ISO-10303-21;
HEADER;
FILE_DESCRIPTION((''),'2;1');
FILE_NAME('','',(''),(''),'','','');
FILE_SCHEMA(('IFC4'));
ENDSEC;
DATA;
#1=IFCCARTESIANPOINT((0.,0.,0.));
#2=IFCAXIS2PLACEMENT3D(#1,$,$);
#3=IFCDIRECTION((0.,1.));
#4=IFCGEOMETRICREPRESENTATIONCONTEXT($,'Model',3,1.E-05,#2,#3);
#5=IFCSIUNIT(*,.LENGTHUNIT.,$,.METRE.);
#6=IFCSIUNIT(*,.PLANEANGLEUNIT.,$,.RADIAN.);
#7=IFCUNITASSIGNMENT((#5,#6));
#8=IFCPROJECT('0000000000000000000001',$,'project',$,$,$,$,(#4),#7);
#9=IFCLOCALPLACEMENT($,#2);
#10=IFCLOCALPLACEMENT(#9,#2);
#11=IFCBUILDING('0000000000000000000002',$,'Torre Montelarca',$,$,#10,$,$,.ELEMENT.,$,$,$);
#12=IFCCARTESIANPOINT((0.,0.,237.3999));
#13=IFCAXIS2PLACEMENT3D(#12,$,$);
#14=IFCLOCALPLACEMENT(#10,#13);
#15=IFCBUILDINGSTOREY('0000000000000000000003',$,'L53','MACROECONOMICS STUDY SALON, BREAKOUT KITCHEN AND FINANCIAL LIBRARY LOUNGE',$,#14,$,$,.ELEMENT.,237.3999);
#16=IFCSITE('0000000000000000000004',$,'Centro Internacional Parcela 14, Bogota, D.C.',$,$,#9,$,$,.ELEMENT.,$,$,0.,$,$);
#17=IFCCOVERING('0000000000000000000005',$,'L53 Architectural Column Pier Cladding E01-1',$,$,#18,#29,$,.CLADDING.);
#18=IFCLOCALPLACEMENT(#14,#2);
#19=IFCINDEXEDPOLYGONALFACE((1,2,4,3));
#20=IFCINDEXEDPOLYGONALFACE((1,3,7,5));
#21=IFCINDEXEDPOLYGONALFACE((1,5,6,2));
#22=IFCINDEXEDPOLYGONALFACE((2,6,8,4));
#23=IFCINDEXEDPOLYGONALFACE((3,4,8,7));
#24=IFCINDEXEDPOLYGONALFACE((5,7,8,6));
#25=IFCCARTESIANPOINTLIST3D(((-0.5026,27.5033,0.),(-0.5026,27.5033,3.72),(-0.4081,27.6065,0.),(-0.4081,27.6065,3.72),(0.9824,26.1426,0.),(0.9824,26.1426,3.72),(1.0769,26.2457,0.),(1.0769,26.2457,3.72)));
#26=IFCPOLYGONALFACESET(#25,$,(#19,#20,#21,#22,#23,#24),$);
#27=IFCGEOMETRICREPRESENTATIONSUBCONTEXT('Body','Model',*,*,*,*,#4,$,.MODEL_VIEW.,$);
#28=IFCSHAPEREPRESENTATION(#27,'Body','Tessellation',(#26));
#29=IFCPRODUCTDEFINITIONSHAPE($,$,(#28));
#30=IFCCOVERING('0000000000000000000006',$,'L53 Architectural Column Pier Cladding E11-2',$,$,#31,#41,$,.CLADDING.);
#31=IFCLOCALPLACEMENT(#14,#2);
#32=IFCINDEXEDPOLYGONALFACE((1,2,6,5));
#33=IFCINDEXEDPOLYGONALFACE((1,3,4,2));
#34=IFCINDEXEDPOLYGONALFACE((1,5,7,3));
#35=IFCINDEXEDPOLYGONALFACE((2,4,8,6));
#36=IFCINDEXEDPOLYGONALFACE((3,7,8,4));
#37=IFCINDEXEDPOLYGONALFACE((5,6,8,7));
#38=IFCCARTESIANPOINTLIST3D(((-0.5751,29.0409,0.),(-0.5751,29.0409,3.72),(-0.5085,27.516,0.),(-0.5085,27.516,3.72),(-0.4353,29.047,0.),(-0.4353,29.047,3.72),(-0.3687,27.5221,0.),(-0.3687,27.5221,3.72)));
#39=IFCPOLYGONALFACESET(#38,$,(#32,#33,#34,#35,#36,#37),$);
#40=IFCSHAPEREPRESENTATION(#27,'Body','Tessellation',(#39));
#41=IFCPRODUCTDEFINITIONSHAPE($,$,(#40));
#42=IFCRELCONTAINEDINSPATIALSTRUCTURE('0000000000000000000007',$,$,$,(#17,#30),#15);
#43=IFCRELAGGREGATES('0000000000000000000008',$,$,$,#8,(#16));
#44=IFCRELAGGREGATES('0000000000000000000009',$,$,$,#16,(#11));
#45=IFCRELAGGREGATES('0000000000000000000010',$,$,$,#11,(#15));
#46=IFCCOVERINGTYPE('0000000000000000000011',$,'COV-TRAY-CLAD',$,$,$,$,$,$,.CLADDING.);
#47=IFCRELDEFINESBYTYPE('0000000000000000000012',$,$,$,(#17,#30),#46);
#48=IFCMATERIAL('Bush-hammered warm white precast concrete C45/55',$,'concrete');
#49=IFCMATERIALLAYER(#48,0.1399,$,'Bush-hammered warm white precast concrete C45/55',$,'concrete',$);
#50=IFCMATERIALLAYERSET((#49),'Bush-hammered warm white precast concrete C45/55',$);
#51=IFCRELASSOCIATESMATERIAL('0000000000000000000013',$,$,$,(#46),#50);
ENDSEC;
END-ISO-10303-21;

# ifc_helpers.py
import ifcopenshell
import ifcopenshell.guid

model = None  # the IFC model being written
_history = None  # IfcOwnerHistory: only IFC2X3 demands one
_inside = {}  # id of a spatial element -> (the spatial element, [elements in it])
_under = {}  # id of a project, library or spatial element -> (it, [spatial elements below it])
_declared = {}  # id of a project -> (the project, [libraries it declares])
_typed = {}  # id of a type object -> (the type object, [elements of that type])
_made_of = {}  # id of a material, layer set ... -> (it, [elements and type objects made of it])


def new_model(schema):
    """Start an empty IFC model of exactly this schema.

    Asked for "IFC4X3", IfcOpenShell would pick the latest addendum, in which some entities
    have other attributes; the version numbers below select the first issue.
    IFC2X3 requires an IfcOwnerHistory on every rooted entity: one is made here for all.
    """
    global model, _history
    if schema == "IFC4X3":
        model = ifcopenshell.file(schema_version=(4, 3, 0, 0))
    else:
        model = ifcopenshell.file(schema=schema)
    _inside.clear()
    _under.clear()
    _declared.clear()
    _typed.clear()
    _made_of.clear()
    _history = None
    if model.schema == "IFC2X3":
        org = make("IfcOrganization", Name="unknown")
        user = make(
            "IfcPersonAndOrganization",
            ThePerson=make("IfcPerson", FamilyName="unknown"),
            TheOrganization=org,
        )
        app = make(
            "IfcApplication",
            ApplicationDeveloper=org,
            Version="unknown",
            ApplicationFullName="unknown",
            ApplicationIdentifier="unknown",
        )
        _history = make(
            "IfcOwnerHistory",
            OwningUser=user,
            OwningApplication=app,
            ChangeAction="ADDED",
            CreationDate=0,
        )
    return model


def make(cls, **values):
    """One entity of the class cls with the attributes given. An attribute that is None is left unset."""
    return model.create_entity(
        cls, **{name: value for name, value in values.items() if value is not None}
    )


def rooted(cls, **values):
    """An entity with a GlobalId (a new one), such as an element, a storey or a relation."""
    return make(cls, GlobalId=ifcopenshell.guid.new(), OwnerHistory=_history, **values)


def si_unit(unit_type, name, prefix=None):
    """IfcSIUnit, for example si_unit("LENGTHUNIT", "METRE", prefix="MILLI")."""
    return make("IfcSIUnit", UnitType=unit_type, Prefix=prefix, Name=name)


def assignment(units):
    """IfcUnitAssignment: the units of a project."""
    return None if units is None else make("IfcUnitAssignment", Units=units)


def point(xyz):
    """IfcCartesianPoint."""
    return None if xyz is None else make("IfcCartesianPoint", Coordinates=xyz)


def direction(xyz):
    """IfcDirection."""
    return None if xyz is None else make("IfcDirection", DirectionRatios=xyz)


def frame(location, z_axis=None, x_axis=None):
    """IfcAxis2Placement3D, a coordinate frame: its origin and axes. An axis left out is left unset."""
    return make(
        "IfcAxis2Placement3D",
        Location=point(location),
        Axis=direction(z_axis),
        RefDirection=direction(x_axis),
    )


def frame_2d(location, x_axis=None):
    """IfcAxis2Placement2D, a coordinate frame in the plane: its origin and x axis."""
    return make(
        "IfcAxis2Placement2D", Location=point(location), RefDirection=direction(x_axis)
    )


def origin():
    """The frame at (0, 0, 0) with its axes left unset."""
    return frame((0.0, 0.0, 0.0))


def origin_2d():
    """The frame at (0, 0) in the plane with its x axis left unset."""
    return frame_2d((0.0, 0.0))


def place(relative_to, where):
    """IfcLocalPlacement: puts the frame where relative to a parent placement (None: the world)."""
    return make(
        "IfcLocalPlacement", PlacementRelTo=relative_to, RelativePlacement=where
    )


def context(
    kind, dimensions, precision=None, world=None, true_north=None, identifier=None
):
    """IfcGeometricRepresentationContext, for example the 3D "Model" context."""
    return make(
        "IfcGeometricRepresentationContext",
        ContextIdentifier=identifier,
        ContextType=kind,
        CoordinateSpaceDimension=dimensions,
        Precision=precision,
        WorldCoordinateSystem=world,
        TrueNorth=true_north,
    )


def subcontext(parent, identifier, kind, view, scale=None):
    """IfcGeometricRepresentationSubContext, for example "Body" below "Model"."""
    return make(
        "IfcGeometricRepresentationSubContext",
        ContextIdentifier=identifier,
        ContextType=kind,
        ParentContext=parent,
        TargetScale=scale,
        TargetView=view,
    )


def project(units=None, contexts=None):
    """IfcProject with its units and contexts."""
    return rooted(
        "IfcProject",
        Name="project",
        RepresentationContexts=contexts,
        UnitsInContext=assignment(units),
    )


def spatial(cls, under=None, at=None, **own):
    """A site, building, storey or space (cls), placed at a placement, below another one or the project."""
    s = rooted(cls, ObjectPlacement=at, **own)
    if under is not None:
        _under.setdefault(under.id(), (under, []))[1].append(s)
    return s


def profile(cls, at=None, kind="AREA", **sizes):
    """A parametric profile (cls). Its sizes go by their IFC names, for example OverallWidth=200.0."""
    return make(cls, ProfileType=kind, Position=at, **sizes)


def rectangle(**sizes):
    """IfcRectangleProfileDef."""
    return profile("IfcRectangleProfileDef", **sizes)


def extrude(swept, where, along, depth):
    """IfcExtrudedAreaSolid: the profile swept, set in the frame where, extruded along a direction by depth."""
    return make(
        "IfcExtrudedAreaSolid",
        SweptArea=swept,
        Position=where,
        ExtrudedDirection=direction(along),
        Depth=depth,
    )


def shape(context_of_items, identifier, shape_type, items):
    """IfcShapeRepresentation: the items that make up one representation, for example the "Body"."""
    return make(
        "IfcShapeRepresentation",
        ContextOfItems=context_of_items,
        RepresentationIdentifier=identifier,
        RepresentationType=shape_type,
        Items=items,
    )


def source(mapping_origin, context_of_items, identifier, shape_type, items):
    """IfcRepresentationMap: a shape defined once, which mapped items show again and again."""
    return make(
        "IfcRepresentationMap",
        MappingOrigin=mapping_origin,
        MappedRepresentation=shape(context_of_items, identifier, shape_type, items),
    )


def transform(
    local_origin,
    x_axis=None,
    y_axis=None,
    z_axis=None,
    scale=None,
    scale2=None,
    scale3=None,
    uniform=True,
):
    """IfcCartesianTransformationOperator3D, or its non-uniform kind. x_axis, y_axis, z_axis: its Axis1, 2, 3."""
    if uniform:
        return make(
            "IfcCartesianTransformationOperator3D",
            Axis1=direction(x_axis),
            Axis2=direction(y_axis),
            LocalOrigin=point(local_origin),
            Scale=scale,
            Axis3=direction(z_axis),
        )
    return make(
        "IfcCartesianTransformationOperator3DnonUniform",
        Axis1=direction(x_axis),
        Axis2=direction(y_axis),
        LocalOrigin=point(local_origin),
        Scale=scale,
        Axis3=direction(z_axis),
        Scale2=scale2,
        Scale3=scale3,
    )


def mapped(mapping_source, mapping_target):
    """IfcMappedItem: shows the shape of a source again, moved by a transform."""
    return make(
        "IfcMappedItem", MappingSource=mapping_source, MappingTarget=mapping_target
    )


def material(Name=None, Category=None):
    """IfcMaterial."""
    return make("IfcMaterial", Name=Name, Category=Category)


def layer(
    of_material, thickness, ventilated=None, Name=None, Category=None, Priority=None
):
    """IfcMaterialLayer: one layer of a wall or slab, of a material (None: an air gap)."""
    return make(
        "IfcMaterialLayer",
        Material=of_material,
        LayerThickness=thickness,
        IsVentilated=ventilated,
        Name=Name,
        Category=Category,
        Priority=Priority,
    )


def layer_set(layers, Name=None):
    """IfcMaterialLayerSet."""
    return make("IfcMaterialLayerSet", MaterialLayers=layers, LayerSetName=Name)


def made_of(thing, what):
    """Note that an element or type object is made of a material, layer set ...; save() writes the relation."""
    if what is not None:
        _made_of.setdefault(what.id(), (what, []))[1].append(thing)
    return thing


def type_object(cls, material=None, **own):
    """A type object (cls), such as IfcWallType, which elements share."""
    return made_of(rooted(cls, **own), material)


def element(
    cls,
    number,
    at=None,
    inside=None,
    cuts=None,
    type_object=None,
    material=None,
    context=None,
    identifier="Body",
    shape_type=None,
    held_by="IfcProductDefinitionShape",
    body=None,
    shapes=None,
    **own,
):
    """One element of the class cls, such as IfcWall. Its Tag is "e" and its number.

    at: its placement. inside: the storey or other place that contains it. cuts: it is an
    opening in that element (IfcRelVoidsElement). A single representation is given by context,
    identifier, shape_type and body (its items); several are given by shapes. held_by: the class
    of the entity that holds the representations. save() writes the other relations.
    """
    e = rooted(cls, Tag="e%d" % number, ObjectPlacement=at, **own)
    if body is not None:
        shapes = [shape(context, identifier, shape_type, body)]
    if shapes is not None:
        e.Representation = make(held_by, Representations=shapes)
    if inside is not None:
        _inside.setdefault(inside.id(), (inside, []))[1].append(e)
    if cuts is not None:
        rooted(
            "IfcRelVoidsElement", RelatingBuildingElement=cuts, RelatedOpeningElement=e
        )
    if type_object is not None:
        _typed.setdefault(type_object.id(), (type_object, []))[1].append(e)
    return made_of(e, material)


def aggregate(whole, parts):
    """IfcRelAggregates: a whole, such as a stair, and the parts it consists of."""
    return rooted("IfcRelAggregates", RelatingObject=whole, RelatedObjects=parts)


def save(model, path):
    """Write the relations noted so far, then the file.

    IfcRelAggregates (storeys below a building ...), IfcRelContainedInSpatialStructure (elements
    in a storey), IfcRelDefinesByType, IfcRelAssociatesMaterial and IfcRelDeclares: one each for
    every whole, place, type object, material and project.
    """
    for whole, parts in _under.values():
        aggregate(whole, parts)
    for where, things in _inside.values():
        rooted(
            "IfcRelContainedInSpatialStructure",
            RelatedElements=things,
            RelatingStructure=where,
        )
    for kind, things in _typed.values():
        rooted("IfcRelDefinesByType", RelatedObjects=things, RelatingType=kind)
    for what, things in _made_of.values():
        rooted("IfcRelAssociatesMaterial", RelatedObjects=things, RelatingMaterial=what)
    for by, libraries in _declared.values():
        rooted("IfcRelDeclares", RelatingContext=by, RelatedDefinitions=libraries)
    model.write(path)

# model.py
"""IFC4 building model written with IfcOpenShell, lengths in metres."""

from ifc_helpers import new_model, si_unit, direction, frame, origin, origin_2d, place, context, subcontext, project, spatial, rectangle, extrude, source, transform, mapped, material, layer, layer_set, type_object, element, save


model = new_model("IFC4")

# Units and contexts
model_context = context("Model", 3, precision=1e-05, world=origin(), true_north=direction((0.0, 1.0)))
body_context = subcontext(model_context, "Body", "Model", "MODEL_VIEW")
ifc_project = project(units=[si_unit("LENGTHUNIT", "METRE"), si_unit("PLANEANGLEUNIT", "RADIAN")], contexts=[model_context])

# Site, building, storey
site_placement = place(None, origin())
site = spatial("IfcSite", under=ifc_project, at=site_placement, Name="Centro Internacional Parcela 14, Bogota, D.C.", CompositionType="ELEMENT", RefElevation=0.0)
building_placement = place(site_placement, origin())
building = spatial("IfcBuilding", under=site, at=building_placement, Name="Torre Montelarca", CompositionType="ELEMENT")
storey_placement = place(building_placement, frame((0.0, 0.0, 237.3999)))
storey = spatial("IfcBuildingStorey", under=building, at=storey_placement, Name="L53", Description="MACROECONOMICS STUDY SALON, BREAKOUT KITCHEN AND FINANCIAL LIBRARY LOUNGE", CompositionType="ELEMENT", Elevation=237.3999)

# Coverings
ifc_material_1 = material(Name="Bush-hammered warm white precast concrete C45/55", Category="concrete")
ifc_layer_1 = layer(ifc_material_1, 0.1399, Name="Bush-hammered warm white precast concrete C45/55", Category="concrete")
ifc_layer_set_1 = layer_set([ifc_layer_1], Name="Bush-hammered warm white precast concrete C45/55")
covering_type = type_object("IfcCoveringType", Name="COV-TRAY-CLAD", PredefinedType="CLADDING", material=ifc_layer_set_1)
shared_shape_1 = source(origin(), body_context, "Body", "SweptSolid", [
    extrude(rectangle(XDim=2.0142, YDim=0.1399, at=origin_2d()), origin(), (0.0, 0.0, 1.0), 3.72),
])
covering_1_placement = place(storey_placement, frame((0.2871, 26.8745, 0.0), z_axis=(0.0, 0.0, 1.0), x_axis=(0.737277, -0.67559, 0.0)))
element("IfcCovering", 1, at=covering_1_placement, inside=storey, type_object=covering_type, Name="L53 Architectural Column Pier Cladding E01-1", PredefinedType="CLADDING", context=body_context, shape_type="MappedRepresentation", body=[
    mapped(shared_shape_1, transform((0.0, 0.0, 0.0), scale=1.0)),
])
shared_shape_2 = source(origin(), body_context, "Body", "SweptSolid", [
    extrude(rectangle(XDim=1.5264, YDim=0.1399, at=origin_2d()), origin(), (0.0, 0.0, 1.0), 3.72),
])
covering_2_placement = place(storey_placement, frame((-0.4719, 28.2815, 0.0), z_axis=(0.0, 0.0, 1.0), x_axis=(0.043628, -0.999048, 0.0)))
element("IfcCovering", 2, at=covering_2_placement, inside=storey, type_object=covering_type, Name="L53 Architectural Column Pier Cladding E11-2", PredefinedType="CLADDING", context=body_context, shape_type="MappedRepresentation", body=[
    mapped(shared_shape_2, transform((0.0, 0.0, 0.0), scale=1.0)),
])

save(model, "model.ifc")
